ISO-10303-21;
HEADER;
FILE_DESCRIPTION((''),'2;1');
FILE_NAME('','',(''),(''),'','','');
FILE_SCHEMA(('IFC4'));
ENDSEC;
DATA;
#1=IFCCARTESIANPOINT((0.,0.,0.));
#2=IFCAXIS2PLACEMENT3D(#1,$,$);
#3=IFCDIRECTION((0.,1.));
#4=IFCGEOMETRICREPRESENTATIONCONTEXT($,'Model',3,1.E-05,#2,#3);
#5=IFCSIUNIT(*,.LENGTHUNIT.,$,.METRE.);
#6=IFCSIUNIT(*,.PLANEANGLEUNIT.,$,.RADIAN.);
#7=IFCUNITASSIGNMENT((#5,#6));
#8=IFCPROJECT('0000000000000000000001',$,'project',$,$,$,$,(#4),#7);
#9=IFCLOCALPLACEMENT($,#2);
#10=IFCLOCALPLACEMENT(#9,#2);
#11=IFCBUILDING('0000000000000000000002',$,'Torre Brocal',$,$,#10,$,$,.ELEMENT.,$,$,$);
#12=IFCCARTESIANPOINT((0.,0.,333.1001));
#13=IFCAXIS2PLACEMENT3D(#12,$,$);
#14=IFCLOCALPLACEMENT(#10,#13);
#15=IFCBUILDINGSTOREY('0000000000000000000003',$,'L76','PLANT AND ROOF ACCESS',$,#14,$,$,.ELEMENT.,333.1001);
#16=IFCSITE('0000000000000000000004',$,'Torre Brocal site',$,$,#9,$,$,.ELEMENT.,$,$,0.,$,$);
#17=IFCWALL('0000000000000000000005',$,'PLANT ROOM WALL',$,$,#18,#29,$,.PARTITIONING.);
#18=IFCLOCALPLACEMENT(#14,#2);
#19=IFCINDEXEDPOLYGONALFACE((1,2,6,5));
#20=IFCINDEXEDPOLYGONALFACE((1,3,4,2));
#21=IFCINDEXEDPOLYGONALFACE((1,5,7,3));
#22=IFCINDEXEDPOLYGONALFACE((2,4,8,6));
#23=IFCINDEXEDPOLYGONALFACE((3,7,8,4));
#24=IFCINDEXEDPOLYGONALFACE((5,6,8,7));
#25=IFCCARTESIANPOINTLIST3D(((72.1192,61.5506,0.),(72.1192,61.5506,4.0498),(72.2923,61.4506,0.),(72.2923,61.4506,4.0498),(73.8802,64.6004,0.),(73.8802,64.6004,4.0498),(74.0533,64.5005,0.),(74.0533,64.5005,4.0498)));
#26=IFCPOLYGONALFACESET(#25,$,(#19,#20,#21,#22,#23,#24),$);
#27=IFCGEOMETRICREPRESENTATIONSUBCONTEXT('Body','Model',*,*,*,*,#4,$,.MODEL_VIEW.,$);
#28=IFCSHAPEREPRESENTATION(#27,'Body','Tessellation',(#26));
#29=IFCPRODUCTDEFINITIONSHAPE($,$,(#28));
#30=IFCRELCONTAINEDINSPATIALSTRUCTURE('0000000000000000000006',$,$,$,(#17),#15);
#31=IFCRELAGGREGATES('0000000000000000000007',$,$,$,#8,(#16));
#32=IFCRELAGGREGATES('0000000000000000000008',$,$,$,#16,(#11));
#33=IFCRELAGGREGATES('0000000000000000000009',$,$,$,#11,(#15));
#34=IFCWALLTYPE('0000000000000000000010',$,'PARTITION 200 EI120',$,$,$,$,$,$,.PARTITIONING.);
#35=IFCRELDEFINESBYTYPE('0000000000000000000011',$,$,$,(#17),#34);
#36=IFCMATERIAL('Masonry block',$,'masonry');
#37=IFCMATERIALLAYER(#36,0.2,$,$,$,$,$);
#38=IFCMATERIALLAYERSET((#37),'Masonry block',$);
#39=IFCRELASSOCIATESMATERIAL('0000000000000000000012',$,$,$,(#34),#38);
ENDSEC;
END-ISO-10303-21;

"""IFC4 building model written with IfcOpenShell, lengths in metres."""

from ifc_helpers import new_model, si_unit, direction, frame, frame_2d, origin, place, context, subcontext, project, spatial, rectangle, extrude, material, layer, layer_set, type_object, element, save


model = new_model("IFC4")

# Units and contexts
model_context = context("Model", 3, precision=1e-05, world=origin(), true_north=direction((0.0, 1.0)))
body_context = subcontext(model_context, "Body", "Model", "MODEL_VIEW")
ifc_project = project(units=[si_unit("LENGTHUNIT", "METRE"), si_unit("PLANEANGLEUNIT", "RADIAN")], contexts=[model_context])

# Site, building, storey
site_placement = place(None, origin())
site = spatial("IfcSite", under=ifc_project, at=site_placement, Name="Torre Brocal site", CompositionType="ELEMENT", RefElevation=0.0)
building_placement = place(site_placement, origin())
building = spatial("IfcBuilding", under=site, at=building_placement, Name="Torre Brocal", CompositionType="ELEMENT")
storey_placement = place(building_placement, frame((0.0, 0.0, 333.1001)))
storey = spatial("IfcBuildingStorey", under=building, at=storey_placement, Name="L76", Description="PLANT AND ROOF ACCESS", CompositionType="ELEMENT", Elevation=333.1001)

# Wall
ifc_material_1 = material(Name="Masonry block", Category="masonry")
ifc_layer_1 = layer(ifc_material_1, 0.2)
ifc_layer_set_1 = layer_set([ifc_layer_1], Name="Masonry block")
wall_type_1 = type_object("IfcWallType", Name="PARTITION 200 EI120", PredefinedType="PARTITIONING", material=ifc_layer_set_1)
wall_1_placement = place(storey_placement, frame((72.2058, 61.5007, 0.0), z_axis=(0.0, 0.0, 1.0), x_axis=(0.500038, 0.866003, 0.0)))
element("IfcWall", 1, at=wall_1_placement, inside=storey, type_object=wall_type_1, Name="PLANT ROOM WALL", PredefinedType="PARTITIONING", context=body_context, shape_type="SweptSolid", body=[
    extrude(rectangle(XDim=3.5217, YDim=0.2, at=frame_2d((1.7607, 0.0))), origin(), (0.0, 0.0, 1.0), 4.0498),
])

save(model, "model.ifc")
